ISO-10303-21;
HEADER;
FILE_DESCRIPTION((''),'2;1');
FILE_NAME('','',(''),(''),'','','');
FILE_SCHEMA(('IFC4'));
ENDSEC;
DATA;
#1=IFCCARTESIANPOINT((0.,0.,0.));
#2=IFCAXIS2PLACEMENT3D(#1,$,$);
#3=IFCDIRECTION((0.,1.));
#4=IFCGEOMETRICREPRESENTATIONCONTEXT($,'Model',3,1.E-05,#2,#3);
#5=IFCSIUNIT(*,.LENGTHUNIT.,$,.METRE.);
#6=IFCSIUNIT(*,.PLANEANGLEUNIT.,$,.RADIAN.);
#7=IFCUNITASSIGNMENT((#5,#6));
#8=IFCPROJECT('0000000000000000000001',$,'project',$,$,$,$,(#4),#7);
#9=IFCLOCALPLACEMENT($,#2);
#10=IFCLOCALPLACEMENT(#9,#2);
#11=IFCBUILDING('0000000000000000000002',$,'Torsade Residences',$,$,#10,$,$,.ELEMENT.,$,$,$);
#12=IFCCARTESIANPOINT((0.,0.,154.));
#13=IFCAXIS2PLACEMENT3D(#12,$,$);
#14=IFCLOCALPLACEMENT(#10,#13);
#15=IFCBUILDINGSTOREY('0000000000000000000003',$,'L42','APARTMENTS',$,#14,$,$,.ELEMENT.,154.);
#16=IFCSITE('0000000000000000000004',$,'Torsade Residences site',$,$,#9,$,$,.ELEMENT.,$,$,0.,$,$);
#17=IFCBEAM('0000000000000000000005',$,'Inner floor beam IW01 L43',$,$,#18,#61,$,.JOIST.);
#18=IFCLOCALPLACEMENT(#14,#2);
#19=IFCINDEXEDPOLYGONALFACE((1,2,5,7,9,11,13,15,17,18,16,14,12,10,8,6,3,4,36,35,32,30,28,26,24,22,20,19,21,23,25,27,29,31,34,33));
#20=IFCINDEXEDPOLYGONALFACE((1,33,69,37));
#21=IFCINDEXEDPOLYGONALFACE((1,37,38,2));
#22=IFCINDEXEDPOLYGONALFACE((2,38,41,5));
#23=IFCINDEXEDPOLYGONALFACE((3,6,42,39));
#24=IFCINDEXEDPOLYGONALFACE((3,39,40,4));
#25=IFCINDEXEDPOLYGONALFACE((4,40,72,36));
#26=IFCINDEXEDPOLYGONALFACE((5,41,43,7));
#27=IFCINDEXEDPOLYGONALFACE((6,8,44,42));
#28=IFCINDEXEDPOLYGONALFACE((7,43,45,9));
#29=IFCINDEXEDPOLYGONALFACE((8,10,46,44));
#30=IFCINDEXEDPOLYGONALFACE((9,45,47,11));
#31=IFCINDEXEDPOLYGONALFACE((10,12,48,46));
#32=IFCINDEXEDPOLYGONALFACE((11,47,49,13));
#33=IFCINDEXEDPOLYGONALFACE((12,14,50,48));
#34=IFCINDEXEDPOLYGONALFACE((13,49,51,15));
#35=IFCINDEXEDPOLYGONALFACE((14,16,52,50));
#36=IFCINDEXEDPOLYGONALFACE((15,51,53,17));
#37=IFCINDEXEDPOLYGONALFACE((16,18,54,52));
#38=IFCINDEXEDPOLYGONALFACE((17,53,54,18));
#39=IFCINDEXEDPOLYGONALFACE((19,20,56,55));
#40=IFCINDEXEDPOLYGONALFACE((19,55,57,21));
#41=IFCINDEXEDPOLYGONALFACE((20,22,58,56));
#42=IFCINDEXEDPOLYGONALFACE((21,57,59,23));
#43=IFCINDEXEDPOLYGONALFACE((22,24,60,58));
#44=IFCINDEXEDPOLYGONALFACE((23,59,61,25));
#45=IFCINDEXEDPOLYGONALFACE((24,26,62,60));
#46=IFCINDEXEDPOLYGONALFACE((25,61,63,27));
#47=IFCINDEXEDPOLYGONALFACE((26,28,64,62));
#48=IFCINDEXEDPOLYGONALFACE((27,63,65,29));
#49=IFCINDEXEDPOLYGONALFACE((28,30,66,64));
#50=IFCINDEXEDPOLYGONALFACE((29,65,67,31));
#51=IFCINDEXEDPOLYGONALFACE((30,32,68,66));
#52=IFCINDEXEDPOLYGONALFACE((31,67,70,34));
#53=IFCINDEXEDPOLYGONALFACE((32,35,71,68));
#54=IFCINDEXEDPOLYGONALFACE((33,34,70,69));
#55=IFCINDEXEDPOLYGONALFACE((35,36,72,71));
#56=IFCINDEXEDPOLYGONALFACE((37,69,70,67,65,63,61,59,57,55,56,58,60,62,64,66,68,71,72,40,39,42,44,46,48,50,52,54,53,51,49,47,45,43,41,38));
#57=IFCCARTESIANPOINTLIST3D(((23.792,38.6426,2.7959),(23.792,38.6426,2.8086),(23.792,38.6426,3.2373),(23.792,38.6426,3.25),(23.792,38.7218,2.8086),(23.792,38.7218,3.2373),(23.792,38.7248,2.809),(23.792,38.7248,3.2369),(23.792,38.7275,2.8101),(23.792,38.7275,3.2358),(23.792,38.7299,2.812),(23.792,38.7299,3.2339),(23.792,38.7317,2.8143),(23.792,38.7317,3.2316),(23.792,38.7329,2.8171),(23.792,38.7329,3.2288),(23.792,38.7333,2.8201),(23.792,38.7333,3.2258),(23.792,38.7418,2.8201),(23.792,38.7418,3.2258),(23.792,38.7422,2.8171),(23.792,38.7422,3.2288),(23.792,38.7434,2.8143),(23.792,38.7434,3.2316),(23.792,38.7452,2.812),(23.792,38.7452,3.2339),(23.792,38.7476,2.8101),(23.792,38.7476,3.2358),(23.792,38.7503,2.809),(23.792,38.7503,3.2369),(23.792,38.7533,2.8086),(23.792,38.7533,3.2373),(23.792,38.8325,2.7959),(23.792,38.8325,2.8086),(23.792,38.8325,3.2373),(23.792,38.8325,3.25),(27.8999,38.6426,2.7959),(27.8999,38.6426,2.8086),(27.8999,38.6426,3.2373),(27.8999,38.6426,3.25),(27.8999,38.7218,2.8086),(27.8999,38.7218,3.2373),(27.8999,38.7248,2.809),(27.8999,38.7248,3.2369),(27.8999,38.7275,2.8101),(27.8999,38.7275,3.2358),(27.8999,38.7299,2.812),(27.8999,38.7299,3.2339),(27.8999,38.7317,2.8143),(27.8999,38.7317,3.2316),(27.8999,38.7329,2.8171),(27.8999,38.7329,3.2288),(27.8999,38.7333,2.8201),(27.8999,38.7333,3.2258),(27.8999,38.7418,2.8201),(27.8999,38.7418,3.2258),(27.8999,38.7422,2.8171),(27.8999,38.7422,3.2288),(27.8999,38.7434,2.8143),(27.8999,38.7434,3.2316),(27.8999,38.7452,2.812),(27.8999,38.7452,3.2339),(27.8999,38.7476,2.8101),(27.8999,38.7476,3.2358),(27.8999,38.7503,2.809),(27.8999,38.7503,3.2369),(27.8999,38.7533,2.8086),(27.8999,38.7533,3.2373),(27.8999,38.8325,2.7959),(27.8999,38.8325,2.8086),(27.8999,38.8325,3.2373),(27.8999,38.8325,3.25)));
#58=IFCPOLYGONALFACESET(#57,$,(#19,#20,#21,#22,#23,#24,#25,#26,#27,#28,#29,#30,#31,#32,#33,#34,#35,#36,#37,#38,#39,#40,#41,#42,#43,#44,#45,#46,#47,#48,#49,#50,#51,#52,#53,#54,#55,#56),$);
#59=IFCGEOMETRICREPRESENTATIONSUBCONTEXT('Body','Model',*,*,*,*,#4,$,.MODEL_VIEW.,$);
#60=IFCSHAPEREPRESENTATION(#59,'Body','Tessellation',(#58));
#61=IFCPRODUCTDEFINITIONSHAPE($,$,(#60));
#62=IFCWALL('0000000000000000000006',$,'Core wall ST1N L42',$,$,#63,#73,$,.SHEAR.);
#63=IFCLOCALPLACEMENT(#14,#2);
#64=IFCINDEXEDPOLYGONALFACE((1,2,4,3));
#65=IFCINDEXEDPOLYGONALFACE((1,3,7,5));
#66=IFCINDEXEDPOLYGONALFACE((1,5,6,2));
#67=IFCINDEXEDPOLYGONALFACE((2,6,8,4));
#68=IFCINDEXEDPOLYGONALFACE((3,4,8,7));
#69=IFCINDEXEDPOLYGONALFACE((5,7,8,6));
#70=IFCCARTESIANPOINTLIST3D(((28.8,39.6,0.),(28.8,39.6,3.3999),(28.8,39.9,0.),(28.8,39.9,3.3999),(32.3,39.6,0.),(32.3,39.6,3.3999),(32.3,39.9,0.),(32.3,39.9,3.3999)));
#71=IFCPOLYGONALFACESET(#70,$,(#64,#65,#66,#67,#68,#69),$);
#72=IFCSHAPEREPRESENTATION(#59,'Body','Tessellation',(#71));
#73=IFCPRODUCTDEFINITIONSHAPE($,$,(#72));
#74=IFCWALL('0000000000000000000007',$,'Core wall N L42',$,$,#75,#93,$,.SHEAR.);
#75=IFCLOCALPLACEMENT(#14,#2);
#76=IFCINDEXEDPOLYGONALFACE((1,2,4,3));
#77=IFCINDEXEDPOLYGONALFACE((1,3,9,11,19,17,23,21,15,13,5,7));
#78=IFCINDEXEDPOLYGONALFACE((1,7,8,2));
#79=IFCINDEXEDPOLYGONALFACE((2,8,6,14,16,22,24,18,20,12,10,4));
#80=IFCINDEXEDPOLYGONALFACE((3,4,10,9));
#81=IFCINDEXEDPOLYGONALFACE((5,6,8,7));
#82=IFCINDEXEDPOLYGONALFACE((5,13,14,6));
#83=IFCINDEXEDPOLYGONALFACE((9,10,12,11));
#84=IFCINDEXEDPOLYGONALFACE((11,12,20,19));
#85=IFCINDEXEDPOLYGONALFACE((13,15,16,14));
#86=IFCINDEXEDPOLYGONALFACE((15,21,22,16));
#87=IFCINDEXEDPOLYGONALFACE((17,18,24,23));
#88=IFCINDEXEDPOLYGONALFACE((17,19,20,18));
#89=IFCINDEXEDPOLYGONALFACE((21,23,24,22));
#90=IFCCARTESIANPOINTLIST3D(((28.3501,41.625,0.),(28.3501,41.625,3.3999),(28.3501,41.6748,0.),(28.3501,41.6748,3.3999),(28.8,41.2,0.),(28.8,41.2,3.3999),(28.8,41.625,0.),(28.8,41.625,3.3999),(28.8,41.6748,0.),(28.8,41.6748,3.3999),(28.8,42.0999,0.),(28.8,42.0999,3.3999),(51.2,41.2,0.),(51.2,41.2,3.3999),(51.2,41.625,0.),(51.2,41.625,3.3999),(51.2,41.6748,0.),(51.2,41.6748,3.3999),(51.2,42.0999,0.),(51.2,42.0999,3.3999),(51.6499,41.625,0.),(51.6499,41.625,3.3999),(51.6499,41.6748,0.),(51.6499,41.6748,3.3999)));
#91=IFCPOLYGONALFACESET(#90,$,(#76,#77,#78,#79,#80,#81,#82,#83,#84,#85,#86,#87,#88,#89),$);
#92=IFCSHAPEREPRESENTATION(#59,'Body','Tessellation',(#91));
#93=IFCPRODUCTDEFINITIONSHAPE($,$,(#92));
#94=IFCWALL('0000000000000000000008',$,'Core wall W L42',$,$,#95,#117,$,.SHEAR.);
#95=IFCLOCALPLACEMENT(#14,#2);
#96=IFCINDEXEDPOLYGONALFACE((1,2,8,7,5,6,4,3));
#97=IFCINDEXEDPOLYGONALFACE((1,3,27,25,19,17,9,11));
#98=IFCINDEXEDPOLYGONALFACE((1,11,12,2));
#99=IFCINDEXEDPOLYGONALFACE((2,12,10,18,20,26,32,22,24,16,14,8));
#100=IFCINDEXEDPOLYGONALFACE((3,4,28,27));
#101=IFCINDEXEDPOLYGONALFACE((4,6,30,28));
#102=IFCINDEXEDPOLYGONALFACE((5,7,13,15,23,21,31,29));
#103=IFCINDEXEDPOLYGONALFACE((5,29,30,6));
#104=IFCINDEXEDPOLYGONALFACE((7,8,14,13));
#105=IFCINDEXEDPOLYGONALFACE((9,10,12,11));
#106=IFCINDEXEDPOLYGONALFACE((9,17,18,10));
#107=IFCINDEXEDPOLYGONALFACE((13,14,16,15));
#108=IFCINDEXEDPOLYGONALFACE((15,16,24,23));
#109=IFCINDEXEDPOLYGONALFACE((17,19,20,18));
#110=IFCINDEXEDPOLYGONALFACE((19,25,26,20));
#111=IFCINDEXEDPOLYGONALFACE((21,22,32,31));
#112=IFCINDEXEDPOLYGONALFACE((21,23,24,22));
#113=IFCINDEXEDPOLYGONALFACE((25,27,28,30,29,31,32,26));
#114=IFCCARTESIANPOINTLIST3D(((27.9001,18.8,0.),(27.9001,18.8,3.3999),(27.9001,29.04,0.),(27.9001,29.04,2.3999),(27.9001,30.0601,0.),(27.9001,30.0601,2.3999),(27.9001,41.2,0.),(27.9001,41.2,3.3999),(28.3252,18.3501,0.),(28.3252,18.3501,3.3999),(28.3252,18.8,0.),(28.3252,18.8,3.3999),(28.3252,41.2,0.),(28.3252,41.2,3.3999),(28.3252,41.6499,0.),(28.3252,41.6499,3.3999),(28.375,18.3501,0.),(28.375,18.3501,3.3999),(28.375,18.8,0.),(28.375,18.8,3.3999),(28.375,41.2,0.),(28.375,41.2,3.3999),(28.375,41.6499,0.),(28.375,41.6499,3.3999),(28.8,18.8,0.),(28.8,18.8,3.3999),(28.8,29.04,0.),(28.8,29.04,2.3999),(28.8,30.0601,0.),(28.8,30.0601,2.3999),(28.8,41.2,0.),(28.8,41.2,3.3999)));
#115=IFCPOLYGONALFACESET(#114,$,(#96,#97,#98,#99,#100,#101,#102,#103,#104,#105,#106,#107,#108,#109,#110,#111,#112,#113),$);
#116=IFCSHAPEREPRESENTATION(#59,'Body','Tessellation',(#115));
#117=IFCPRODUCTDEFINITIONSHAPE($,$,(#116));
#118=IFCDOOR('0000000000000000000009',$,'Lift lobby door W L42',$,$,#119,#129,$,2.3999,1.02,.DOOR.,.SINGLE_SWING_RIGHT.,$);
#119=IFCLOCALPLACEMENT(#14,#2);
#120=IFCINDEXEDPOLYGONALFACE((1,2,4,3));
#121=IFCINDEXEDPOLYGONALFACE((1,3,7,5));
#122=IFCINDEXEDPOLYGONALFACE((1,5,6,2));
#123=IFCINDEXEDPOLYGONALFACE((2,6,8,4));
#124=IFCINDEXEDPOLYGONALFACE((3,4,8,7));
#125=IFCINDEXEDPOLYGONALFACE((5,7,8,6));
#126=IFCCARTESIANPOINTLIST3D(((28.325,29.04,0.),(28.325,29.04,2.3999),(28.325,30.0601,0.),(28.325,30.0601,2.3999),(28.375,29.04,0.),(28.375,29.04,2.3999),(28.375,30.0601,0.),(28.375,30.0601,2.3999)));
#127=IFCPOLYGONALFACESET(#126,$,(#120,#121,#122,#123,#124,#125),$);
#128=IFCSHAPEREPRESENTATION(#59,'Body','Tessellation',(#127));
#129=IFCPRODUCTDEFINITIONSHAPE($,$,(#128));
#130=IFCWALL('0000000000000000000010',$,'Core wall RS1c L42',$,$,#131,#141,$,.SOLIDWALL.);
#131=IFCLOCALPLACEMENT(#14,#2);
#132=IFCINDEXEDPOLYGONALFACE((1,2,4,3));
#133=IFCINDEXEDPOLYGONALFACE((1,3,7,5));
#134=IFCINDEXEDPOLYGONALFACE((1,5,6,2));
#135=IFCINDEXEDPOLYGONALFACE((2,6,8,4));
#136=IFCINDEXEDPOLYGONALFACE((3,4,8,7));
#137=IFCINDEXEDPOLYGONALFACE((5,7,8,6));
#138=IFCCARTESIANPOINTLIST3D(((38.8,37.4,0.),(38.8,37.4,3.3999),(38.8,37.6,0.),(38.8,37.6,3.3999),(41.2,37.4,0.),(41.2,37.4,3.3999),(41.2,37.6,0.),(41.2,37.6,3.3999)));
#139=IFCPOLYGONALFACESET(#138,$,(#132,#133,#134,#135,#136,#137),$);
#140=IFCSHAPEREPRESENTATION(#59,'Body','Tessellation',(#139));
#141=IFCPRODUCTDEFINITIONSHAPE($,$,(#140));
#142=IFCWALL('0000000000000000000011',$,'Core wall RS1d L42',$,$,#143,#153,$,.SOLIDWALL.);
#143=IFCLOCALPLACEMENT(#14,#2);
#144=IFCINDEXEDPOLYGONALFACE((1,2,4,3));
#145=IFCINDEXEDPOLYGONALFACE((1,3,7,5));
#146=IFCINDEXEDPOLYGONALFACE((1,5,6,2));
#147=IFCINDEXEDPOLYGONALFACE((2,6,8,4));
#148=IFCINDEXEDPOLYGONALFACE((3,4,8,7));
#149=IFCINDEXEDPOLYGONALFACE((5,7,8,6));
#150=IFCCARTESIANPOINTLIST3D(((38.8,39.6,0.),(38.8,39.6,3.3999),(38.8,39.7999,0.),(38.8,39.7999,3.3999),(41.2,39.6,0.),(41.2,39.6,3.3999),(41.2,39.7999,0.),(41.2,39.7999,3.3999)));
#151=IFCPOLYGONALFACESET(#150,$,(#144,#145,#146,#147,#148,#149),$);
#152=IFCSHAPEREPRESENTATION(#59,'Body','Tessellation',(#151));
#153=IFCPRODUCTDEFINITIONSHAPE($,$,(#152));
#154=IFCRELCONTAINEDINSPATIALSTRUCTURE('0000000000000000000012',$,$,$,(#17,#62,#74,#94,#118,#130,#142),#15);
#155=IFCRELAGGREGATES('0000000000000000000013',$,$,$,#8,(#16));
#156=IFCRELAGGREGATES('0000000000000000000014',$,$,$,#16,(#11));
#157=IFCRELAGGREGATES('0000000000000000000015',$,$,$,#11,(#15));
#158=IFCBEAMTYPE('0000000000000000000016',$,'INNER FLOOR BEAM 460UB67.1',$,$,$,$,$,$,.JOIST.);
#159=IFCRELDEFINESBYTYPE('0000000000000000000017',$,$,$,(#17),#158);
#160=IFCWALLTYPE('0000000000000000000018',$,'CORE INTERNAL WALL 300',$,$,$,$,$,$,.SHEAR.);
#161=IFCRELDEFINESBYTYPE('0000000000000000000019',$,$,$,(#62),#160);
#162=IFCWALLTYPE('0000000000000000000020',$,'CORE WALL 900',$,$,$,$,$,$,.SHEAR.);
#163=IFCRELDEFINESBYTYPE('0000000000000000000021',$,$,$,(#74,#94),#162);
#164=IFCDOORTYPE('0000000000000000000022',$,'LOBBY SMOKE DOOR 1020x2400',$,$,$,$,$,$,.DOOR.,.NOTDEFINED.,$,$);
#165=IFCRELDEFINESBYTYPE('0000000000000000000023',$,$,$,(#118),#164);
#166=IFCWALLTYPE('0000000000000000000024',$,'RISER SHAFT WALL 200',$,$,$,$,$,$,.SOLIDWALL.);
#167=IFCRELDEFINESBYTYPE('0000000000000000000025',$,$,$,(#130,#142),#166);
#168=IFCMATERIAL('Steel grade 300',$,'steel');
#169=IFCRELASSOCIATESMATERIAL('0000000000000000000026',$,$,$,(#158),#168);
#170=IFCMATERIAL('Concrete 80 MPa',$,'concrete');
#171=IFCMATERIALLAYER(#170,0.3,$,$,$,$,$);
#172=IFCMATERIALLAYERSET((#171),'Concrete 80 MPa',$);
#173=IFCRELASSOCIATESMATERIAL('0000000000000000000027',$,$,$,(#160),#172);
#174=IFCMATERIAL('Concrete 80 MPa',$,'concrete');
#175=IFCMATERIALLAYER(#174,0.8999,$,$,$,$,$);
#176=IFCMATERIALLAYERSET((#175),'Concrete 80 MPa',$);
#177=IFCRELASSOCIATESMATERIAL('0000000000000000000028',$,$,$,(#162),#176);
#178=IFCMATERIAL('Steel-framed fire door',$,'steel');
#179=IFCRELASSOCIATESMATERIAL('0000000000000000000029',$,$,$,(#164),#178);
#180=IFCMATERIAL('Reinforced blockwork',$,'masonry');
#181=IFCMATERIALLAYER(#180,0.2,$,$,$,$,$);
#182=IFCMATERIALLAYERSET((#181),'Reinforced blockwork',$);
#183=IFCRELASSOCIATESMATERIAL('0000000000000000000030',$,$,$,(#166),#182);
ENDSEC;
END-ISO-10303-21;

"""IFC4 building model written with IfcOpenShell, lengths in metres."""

from ifc_helpers import new_model, si_unit, direction, frame, frame_2d, origin, origin_2d, place, context, subcontext, project, spatial, polyline, rectangle, i_section, outline, extrude, material, layer, layer_set, material_profile, profile_set, type_object, element, fill, save


model = new_model("IFC4")

# Units and contexts
model_context = context("Model", 3, precision=1e-05, world=origin(), true_north=direction((0.0, 1.0)))
body_context = subcontext(model_context, "Body", "Model", "MODEL_VIEW")
ifc_project = project(units=[si_unit("LENGTHUNIT", "METRE"), si_unit("PLANEANGLEUNIT", "RADIAN")], contexts=[model_context])

# Site, building, storey
site_placement = place(None, origin())
site = spatial("IfcSite", under=ifc_project, at=site_placement, Name="Torsade Residences site", CompositionType="ELEMENT", RefElevation=0.0)
building_placement = place(site_placement, origin())
building = spatial("IfcBuilding", under=site, at=building_placement, Name="Torsade Residences", CompositionType="ELEMENT")
storey_placement = place(building_placement, frame((0.0, 0.0, 154.0)))
storey = spatial("IfcBuildingStorey", under=building, at=storey_placement, Name="L42", Description="APARTMENTS", CompositionType="ELEMENT", Elevation=154.0)

# Beam
ifc_material_1 = material(Name="Steel grade 300", Category="steel")
ifc_material_profile_1 = material_profile(ifc_material_1, i_section(OverallWidth=0.1899, OverallDepth=0.4541, WebThickness=0.0085, FlangeThickness=0.0127, FilletRadius=0.0115, at=origin_2d()), Name="460UB67.1")
ifc_profile_set_1 = profile_set([ifc_material_profile_1], Name="Steel grade 300")
beam_type = type_object("IfcBeamType", Name="INNER FLOOR BEAM 460UB67.1", PredefinedType="JOIST", material=ifc_profile_set_1)
beam_1_placement = place(storey_placement, frame((27.8999, 38.7375, 3.0229), z_axis=(-1.0, 0.0, 0.0), x_axis=(0.0, -1.0, 0.0)))
element("IfcBeam", 1, at=beam_1_placement, inside=storey, type_object=beam_type, Name="Inner floor beam IW01 L43", PredefinedType="JOIST", context=body_context, shape_type="SweptSolid", body=[
    extrude(i_section(OverallWidth=0.1899, OverallDepth=0.4541, WebThickness=0.0085, FlangeThickness=0.0127, FilletRadius=0.0115, at=origin_2d()), origin(), (0.0, 0.0, 1.0), 4.1079),
])

# Walls
ifc_material_2 = material(Name="Concrete 80 MPa", Category="concrete")
ifc_layer_1 = layer(ifc_material_2, 0.3)
ifc_layer_set_1 = layer_set([ifc_layer_1], Name="Concrete 80 MPa")
wall_type_1 = type_object("IfcWallType", Name="CORE INTERNAL WALL 300", PredefinedType="SHEAR", material=ifc_layer_set_1)
wall_1_placement = place(storey_placement, frame((28.8, 39.75, 0.0), z_axis=(0.0, 0.0, 1.0), x_axis=(1.0, 0.0, 0.0)))
element("IfcWall", 2, at=wall_1_placement, inside=storey, type_object=wall_type_1, Name="Core wall ST1N L42", PredefinedType="SHEAR", context=body_context, shape_type="SweptSolid", body=[
    extrude(rectangle(XDim=3.5, YDim=0.3, at=frame_2d((1.75, 0.0))), origin(), (0.0, 0.0, 1.0), 3.3999),
])
ifc_material_3 = material(Name="Concrete 80 MPa", Category="concrete")
ifc_layer_2 = layer(ifc_material_3, 0.8999)
ifc_layer_set_2 = layer_set([ifc_layer_2], Name="Concrete 80 MPa")
wall_type_2 = type_object("IfcWallType", Name="CORE WALL 900", PredefinedType="SHEAR", material=ifc_layer_set_2)
wall_2_placement = place(storey_placement, frame((28.8, 41.6499, 0.0), z_axis=(0.0, 0.0, 1.0), x_axis=(1.0, 0.0, 0.0)))
element("IfcWall", 3, at=wall_2_placement, inside=storey, type_object=wall_type_2, Name="Core wall N L42", PredefinedType="SHEAR", context=body_context, shape_type="SweptSolid", body=[
    extrude(outline(polyline([(0.0, -0.45), (22.3999, -0.45), (22.3999, -0.0249), (22.8499, -0.0249), (22.8499, 0.0249), (22.3999, 0.0249), (22.3999, 0.45), (0.0, 0.45), (0.0, 0.0249), (-0.45, 0.0249), (-0.45, -0.0249), (0.0, -0.0249), (0.0, -0.45)])), origin(), (0.0, 0.0, 1.0), 3.3999),
])

# Wall, opening, door
wall_3_placement = place(storey_placement, frame((28.3501, 41.2, 0.0), z_axis=(0.0, 0.0, 1.0), x_axis=(0.0, -1.0, 0.0)))
wall_3 = element("IfcWall", 4, at=wall_3_placement, inside=storey, type_object=wall_type_2, Name="Core wall W L42", PredefinedType="SHEAR", context=body_context, shape_type="SweptSolid", body=[
    extrude(outline(polyline([(0.0, -0.45), (22.3999, -0.45), (22.3999, -0.0249), (22.8499, -0.0249), (22.8499, 0.0249), (22.3999, 0.0249), (22.3999, 0.45), (0.0, 0.45), (0.0, 0.0249), (-0.45, 0.0249), (-0.45, -0.0249), (0.0, -0.0249), (0.0, -0.45)])), origin(), (0.0, 0.0, 1.0), 3.3999),
])
opening_1_placement = place(wall_3_placement, frame((11.1399, 0.0, 0.0)))
opening_1 = element("IfcOpeningElement", 5, at=opening_1_placement, cuts=wall_3, PredefinedType="OPENING", context=body_context, shape_type="SweptSolid", body=[
    extrude(rectangle(XDim=1.02, YDim=2.3999, at=frame_2d((0.51, 1.2))), frame((0.0, 0.46, 0.0), z_axis=(0.0, -1.0, 0.0), x_axis=(1.0, 0.0, 0.0)), (0.0, 0.0, 1.0), 0.9199),
])
ifc_material_4 = material(Name="Steel-framed fire door", Category="steel")
door_type_1 = type_object("IfcDoorType", Name="LOBBY SMOKE DOOR 1020x2400", OperationType="NOTDEFINED", PredefinedType="DOOR", material=ifc_material_4)
door_1_placement = place(opening_1_placement, origin())
door_1 = element("IfcDoor", 6, at=door_1_placement, inside=storey, type_object=door_type_1, Name="Lift lobby door W L42", OperationType="SINGLE_SWING_RIGHT", OverallHeight=2.3999, OverallWidth=1.02, PredefinedType="DOOR", context=body_context, shape_type="SweptSolid", body=[
    extrude(rectangle(XDim=1.02, YDim=2.3999, at=frame_2d((0.51, 1.2))), frame((0.0, 0.0249, 0.0), z_axis=(0.0, -1.0, 0.0), x_axis=(1.0, 0.0, 0.0)), (0.0, 0.0, 1.0), 0.05),
])
fill(opening_1, door_1)

# Walls
ifc_material_5 = material(Name="Reinforced blockwork", Category="masonry")
ifc_layer_3 = layer(ifc_material_5, 0.2)
ifc_layer_set_3 = layer_set([ifc_layer_3], Name="Reinforced blockwork")
wall_type_3 = type_object("IfcWallType", Name="RISER SHAFT WALL 200", PredefinedType="SOLIDWALL", material=ifc_layer_set_3)
for number, where, z_axis, x_axis, name in (
    (7, (38.8, 37.5, 0.0), (0.0, 0.0, 1.0), (1.0, 0.0, 0.0), "Core wall RS1c L42"),
    (8, (38.8, 39.7, 0.0), (0.0, 0.0, 1.0), (1.0, 0.0, 0.0), "Core wall RS1d L42"),
):
    element("IfcWall", number, at=place(storey_placement, frame(where, z_axis=z_axis, x_axis=x_axis)), inside=storey, type_object=wall_type_3, Name=name, PredefinedType="SOLIDWALL", context=body_context, shape_type="SweptSolid", body=[
        extrude(rectangle(XDim=2.3999, YDim=0.2, at=frame_2d((1.2, 0.0))), origin(), (0.0, 0.0, 1.0), 3.3999),
    ])

save(model, "model.ifc")
